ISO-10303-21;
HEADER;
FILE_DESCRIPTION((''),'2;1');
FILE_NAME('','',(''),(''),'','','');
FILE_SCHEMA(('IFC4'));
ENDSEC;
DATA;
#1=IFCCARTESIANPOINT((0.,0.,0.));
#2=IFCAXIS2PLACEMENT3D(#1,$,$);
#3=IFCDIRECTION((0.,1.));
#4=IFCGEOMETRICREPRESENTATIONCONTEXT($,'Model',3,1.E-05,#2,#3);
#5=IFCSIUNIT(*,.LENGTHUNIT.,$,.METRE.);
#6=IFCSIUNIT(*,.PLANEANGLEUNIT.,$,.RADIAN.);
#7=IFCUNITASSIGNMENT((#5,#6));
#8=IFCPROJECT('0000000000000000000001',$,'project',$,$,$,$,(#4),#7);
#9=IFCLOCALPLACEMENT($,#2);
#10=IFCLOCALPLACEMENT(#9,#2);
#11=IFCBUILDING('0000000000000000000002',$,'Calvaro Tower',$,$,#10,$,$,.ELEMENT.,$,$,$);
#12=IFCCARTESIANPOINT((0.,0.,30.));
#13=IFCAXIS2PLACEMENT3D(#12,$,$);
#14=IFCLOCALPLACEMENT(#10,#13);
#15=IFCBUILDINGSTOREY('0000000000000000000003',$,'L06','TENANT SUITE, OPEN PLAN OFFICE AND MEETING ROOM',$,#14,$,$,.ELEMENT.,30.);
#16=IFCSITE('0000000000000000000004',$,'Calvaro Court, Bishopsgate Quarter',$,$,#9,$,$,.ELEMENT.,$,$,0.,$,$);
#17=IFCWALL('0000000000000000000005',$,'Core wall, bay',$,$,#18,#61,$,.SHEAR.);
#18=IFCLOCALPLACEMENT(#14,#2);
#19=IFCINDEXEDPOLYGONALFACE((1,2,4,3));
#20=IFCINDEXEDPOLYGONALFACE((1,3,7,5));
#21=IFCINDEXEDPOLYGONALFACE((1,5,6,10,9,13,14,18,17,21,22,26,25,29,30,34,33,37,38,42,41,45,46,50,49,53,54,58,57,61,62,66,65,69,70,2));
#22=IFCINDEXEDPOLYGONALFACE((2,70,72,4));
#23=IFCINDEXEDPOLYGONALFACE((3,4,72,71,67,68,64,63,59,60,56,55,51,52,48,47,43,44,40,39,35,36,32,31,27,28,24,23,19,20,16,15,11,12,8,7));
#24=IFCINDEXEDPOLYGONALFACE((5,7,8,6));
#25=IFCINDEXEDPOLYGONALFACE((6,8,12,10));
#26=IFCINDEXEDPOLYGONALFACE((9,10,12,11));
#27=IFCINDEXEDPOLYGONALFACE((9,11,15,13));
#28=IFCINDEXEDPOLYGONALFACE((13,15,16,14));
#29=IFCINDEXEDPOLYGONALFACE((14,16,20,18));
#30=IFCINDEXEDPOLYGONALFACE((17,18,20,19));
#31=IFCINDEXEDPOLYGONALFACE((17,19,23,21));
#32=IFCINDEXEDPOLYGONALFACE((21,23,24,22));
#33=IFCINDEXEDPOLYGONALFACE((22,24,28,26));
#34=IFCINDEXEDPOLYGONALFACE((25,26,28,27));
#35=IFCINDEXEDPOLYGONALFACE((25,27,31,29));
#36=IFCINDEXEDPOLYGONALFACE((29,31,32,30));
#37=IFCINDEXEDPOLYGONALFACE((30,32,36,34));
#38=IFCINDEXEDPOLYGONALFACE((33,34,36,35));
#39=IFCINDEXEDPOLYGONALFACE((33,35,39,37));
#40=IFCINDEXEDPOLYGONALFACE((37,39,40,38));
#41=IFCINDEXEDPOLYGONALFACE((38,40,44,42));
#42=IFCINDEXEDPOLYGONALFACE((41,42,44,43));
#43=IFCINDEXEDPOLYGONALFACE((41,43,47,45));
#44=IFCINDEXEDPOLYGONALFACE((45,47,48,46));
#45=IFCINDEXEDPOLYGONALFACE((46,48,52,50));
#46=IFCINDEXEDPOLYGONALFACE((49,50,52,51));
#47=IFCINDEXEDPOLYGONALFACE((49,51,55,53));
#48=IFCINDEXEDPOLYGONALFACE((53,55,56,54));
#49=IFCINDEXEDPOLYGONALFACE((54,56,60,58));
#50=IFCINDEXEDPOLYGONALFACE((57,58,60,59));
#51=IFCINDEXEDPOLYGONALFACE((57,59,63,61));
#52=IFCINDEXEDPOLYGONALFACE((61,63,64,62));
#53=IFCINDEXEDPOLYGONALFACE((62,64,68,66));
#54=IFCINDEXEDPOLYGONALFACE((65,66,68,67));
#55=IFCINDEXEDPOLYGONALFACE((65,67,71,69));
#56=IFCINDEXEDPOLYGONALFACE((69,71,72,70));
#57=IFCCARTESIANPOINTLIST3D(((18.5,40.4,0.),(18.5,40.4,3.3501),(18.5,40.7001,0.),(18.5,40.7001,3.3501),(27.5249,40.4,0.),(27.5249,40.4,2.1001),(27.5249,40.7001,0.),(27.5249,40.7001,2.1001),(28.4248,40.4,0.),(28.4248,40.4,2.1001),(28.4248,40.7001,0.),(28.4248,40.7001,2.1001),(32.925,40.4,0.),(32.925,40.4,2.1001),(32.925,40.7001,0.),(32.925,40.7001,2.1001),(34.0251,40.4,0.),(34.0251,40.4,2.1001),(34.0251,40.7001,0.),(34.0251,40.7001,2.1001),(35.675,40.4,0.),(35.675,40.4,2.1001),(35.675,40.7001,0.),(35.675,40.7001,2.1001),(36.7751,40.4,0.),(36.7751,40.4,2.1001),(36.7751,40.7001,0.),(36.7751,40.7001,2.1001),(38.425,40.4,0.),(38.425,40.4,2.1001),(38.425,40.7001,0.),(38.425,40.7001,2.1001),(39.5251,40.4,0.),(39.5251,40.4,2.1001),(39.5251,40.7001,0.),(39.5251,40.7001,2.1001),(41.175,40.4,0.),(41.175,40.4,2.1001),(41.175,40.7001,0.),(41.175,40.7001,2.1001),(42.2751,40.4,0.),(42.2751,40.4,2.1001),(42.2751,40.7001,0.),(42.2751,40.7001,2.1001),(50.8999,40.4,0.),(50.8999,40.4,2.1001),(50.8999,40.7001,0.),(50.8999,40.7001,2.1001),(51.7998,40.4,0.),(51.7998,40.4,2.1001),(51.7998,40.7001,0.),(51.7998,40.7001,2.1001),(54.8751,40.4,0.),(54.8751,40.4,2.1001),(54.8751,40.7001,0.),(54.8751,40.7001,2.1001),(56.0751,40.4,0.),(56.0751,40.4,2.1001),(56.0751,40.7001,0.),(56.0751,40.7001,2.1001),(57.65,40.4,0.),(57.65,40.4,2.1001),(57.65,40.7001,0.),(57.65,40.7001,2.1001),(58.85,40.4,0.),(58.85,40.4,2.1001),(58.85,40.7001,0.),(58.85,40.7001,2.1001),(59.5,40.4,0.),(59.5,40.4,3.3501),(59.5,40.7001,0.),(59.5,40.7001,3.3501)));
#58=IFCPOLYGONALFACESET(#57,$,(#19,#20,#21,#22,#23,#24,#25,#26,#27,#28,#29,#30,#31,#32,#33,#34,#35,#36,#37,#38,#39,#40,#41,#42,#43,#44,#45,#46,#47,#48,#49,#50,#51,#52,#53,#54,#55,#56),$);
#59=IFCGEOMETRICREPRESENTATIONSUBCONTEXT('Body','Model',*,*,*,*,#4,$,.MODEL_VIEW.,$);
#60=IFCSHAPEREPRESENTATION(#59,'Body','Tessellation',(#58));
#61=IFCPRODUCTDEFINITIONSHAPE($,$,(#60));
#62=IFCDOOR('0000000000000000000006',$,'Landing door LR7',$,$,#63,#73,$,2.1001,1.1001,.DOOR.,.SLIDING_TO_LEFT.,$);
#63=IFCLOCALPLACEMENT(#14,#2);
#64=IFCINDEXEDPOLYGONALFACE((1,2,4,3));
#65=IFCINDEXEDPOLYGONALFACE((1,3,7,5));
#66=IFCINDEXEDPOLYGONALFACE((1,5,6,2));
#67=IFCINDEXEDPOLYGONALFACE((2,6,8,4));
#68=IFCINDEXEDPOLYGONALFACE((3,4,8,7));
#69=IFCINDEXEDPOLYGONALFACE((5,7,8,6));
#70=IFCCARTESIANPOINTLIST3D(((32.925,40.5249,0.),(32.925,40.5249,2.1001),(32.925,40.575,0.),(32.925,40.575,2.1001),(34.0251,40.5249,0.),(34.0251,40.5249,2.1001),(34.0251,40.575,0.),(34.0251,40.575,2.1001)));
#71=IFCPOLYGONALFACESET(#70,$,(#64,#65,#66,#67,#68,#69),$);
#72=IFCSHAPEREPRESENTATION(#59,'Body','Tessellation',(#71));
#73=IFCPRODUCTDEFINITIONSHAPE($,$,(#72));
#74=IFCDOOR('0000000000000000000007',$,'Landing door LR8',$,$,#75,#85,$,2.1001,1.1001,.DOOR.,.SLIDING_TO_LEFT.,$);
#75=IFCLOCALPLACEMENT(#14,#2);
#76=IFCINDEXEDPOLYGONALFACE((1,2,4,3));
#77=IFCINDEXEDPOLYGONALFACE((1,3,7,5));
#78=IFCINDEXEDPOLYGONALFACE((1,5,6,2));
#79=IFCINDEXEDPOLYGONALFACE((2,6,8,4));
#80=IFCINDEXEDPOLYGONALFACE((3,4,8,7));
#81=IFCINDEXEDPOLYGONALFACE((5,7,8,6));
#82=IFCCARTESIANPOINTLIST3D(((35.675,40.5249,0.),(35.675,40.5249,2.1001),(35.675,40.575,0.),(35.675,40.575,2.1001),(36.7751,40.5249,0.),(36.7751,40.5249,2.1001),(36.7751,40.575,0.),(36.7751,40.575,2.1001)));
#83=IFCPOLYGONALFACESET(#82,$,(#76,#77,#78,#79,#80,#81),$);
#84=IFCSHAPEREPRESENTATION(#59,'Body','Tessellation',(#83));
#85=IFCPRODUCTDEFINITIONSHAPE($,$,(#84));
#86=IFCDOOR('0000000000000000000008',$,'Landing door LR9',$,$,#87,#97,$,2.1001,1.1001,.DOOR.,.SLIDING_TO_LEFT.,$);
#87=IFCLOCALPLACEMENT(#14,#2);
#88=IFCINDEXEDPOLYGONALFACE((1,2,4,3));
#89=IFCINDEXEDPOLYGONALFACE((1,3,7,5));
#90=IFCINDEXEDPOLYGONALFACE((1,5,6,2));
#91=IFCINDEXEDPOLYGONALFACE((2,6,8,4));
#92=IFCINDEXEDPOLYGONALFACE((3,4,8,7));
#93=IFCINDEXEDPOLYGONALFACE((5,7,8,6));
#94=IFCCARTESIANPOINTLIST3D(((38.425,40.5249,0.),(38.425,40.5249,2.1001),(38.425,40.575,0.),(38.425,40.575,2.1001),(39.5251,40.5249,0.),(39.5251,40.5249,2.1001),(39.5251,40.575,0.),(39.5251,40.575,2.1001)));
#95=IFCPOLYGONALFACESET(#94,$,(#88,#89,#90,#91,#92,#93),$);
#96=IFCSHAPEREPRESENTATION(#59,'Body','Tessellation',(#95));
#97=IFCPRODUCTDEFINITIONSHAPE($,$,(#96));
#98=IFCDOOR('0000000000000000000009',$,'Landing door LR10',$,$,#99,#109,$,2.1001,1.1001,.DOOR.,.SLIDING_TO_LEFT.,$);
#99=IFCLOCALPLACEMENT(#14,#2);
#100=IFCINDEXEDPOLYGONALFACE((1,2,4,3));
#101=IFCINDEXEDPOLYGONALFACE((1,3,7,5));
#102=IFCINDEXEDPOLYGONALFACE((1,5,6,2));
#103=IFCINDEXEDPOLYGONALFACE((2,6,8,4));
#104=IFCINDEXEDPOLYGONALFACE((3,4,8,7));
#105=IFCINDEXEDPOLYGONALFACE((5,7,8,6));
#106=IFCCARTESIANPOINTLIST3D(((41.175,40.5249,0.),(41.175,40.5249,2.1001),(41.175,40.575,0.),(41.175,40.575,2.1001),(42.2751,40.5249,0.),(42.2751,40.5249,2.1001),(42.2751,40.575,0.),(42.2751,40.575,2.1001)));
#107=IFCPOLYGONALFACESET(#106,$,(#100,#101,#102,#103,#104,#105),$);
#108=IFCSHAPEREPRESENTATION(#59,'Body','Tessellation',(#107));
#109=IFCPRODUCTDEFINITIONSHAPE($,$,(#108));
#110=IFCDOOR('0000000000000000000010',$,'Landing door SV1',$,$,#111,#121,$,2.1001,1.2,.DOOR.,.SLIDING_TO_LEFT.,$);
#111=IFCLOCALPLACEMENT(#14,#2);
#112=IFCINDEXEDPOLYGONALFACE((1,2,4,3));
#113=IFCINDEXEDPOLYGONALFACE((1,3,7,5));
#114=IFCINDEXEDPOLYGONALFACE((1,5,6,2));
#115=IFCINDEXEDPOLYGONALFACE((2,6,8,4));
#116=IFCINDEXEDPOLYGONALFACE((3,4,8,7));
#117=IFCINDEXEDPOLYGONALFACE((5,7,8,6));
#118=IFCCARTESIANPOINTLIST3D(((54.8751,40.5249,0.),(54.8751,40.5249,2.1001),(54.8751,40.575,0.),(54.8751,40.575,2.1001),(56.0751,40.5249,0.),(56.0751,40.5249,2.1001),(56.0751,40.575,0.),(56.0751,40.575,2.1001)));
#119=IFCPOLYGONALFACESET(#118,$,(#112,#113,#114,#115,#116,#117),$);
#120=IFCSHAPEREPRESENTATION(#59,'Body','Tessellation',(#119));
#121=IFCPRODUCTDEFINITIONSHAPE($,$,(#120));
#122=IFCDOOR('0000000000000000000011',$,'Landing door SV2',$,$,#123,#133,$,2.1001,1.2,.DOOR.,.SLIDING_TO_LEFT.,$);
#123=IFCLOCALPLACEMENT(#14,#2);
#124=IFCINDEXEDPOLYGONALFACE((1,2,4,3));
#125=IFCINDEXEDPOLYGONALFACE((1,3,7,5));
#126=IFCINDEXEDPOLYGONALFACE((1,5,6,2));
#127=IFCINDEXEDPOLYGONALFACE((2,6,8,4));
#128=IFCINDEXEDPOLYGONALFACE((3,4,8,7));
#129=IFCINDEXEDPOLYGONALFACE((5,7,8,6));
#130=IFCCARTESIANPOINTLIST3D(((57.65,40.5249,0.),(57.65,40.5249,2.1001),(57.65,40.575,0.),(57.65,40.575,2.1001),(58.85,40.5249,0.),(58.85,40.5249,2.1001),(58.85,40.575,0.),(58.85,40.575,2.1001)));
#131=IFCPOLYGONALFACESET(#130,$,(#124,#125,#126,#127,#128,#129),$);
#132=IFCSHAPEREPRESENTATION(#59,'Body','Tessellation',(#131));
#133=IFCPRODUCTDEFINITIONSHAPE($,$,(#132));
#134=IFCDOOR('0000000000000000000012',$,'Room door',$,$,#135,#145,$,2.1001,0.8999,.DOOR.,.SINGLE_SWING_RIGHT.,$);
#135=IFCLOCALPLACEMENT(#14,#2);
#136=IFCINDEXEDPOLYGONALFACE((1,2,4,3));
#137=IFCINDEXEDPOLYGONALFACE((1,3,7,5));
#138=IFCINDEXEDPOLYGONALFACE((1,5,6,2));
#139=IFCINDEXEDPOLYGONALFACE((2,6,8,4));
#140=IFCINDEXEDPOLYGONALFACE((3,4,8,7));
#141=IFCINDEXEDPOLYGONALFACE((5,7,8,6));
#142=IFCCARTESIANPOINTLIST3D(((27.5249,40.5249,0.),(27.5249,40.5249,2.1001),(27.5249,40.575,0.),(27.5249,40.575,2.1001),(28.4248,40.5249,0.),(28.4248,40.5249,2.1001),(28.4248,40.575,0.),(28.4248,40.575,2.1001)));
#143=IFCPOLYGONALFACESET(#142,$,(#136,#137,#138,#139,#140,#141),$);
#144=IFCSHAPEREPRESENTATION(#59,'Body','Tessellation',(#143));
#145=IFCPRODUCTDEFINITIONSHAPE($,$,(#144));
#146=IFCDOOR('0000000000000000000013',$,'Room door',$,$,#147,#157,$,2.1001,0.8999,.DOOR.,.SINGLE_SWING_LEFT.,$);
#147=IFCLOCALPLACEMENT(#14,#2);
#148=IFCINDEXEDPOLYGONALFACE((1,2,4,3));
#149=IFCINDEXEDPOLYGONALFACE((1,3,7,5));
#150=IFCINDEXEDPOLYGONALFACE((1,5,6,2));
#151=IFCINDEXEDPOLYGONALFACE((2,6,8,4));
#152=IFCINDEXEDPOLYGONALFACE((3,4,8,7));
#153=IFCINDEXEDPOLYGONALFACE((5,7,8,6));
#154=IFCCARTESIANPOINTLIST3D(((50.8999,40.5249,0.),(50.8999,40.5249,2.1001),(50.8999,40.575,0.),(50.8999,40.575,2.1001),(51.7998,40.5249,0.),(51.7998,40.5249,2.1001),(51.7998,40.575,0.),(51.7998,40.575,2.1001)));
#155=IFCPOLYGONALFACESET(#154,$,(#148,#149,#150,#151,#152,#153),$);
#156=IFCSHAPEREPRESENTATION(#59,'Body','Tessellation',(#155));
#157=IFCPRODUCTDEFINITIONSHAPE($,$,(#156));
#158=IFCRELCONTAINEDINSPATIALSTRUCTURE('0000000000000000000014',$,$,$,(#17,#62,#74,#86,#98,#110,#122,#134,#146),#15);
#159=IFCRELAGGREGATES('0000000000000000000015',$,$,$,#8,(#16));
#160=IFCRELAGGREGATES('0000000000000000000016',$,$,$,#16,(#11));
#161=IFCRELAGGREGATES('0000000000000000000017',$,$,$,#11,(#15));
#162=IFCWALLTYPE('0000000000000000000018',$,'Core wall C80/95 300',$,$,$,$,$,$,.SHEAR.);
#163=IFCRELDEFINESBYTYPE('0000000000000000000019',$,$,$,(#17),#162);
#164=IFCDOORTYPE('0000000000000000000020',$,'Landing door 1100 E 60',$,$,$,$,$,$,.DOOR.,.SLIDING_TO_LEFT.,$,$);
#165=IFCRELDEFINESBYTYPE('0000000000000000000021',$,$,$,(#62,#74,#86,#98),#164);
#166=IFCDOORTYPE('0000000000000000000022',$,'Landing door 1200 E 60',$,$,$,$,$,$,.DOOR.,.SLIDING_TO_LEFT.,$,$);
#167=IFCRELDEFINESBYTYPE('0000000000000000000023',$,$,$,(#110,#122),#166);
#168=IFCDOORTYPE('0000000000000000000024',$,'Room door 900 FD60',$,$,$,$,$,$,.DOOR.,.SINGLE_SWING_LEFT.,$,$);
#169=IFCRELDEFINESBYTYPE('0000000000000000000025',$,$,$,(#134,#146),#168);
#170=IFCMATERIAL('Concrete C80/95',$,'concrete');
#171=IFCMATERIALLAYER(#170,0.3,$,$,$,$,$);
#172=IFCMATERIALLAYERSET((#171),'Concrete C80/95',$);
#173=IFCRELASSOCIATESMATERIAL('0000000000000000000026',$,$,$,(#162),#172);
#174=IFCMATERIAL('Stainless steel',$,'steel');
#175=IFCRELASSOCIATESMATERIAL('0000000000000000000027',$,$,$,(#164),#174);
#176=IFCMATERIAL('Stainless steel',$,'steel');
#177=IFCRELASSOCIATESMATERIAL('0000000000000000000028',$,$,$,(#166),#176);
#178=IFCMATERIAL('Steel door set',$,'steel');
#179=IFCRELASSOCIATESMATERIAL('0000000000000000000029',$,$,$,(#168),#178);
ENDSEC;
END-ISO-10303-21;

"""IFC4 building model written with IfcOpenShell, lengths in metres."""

from ifc_helpers import new_model, si_unit, direction, frame, frame_2d, origin, place, context, subcontext, project, spatial, rectangle, extrude, material, layer, layer_set, type_object, element, fill, save


model = new_model("IFC4")

# Units and contexts
model_context = context("Model", 3, precision=1e-05, world=origin(), true_north=direction((0.0, 1.0)))
body_context = subcontext(model_context, "Body", "Model", "MODEL_VIEW")
ifc_project = project(units=[si_unit("LENGTHUNIT", "METRE"), si_unit("PLANEANGLEUNIT", "RADIAN")], contexts=[model_context])

# Site, building, storey
site_placement = place(None, origin())
site = spatial("IfcSite", under=ifc_project, at=site_placement, Name="Calvaro Court, Bishopsgate Quarter", CompositionType="ELEMENT", RefElevation=0.0)
building_placement = place(site_placement, origin())
building = spatial("IfcBuilding", under=site, at=building_placement, Name="Calvaro Tower", CompositionType="ELEMENT")
storey_placement = place(building_placement, frame((0.0, 0.0, 30.0)))
storey = spatial("IfcBuildingStorey", under=building, at=storey_placement, Name="L06", Description="TENANT SUITE, OPEN PLAN OFFICE AND MEETING ROOM", CompositionType="ELEMENT", Elevation=30.0)

# Shared definitions
ifc_material_1 = material(Name="Concrete C80/95", Category="concrete")
ifc_layer_1 = layer(ifc_material_1, 0.3)
ifc_layer_set_1 = layer_set([ifc_layer_1], Name="Concrete C80/95")
wall_type_1 = type_object("IfcWallType", Name="Core wall C80/95 300", PredefinedType="SHEAR", material=ifc_layer_set_1)
ifc_material_2 = material(Name="Stainless steel", Category="steel")
door_type_1 = type_object("IfcDoorType", Name="Landing door 1100 E 60", OperationType="SLIDING_TO_LEFT", PredefinedType="DOOR", material=ifc_material_2)

# Wall, openings, doors
wall_1_placement = place(storey_placement, frame((18.5, 40.55, 0.0), z_axis=(0.0, 0.0, 1.0), x_axis=(1.0, 0.0, 0.0)))
wall_1 = element("IfcWall", 1, at=wall_1_placement, inside=storey, type_object=wall_type_1, Name="Core wall, bay", PredefinedType="SHEAR", context=body_context, shape_type="SweptSolid", body=[
    extrude(rectangle(XDim=41.0, YDim=0.3, at=frame_2d((20.5, 0.0))), origin(), (0.0, 0.0, 1.0), 3.3501),
])
opening_1_placement = place(wall_1_placement, frame((9.0249, 0.0, 0.0)))
opening_1 = element("IfcOpeningElement", 2, at=opening_1_placement, cuts=wall_1, PredefinedType="OPENING", context=body_context, shape_type="SweptSolid", body=[
    extrude(rectangle(XDim=0.8999, YDim=2.1001, at=frame_2d((0.45, 1.05))), frame((0.0, 0.1599, 0.0), z_axis=(0.0, -1.0, 0.0), x_axis=(1.0, 0.0, 0.0)), (0.0, 0.0, 1.0), 0.3201),
])
opening_2_placement = place(wall_1_placement, frame((32.3999, 0.0, 0.0)))
opening_2 = element("IfcOpeningElement", 3, at=opening_2_placement, cuts=wall_1, PredefinedType="OPENING", context=body_context, shape_type="SweptSolid", body=[
    extrude(rectangle(XDim=0.8999, YDim=2.1001, at=frame_2d((0.45, 1.05))), frame((0.0, 0.1599, 0.0), z_axis=(0.0, -1.0, 0.0), x_axis=(1.0, 0.0, 0.0)), (0.0, 0.0, 1.0), 0.3201),
])
opening_3_placement = place(wall_1_placement, frame((14.425, 0.0, 0.0)))
opening_3 = element("IfcOpeningElement", 4, at=opening_3_placement, cuts=wall_1, PredefinedType="OPENING", context=body_context, shape_type="SweptSolid", body=[
    extrude(rectangle(XDim=1.1001, YDim=2.1001, at=frame_2d((0.55, 1.05))), frame((0.0, 0.1599, 0.0), z_axis=(0.0, -1.0, 0.0), x_axis=(1.0, 0.0, 0.0)), (0.0, 0.0, 1.0), 0.3201),
])
opening_4_placement = place(wall_1_placement, frame((17.175, 0.0, 0.0)))
opening_4 = element("IfcOpeningElement", 5, at=opening_4_placement, cuts=wall_1, PredefinedType="OPENING", context=body_context, shape_type="SweptSolid", body=[
    extrude(rectangle(XDim=1.1001, YDim=2.1001, at=frame_2d((0.55, 1.05))), frame((0.0, 0.1599, 0.0), z_axis=(0.0, -1.0, 0.0), x_axis=(1.0, 0.0, 0.0)), (0.0, 0.0, 1.0), 0.3201),
])
opening_5_placement = place(wall_1_placement, frame((19.925, 0.0, 0.0)))
opening_5 = element("IfcOpeningElement", 6, at=opening_5_placement, cuts=wall_1, PredefinedType="OPENING", context=body_context, shape_type="SweptSolid", body=[
    extrude(rectangle(XDim=1.1001, YDim=2.1001, at=frame_2d((0.55, 1.05))), frame((0.0, 0.1599, 0.0), z_axis=(0.0, -1.0, 0.0), x_axis=(1.0, 0.0, 0.0)), (0.0, 0.0, 1.0), 0.3201),
])
opening_6_placement = place(wall_1_placement, frame((22.675, 0.0, 0.0)))
opening_6 = element("IfcOpeningElement", 7, at=opening_6_placement, cuts=wall_1, PredefinedType="OPENING", context=body_context, shape_type="SweptSolid", body=[
    extrude(rectangle(XDim=1.1001, YDim=2.1001, at=frame_2d((0.55, 1.05))), frame((0.0, 0.1599, 0.0), z_axis=(0.0, -1.0, 0.0), x_axis=(1.0, 0.0, 0.0)), (0.0, 0.0, 1.0), 0.3201),
])
opening_7_placement = place(wall_1_placement, frame((36.375, 0.0, 0.0)))
opening_7 = element("IfcOpeningElement", 8, at=opening_7_placement, cuts=wall_1, PredefinedType="OPENING", context=body_context, shape_type="SweptSolid", body=[
    extrude(rectangle(XDim=1.2, YDim=2.1001, at=frame_2d((0.6001, 1.05))), frame((0.0, 0.1599, 0.0), z_axis=(0.0, -1.0, 0.0), x_axis=(1.0, 0.0, 0.0)), (0.0, 0.0, 1.0), 0.3201),
])
opening_8_placement = place(wall_1_placement, frame((39.1499, 0.0, 0.0)))
opening_8 = element("IfcOpeningElement", 9, at=opening_8_placement, cuts=wall_1, PredefinedType="OPENING", context=body_context, shape_type="SweptSolid", body=[
    extrude(rectangle(XDim=1.2, YDim=2.1001, at=frame_2d((0.6001, 1.05))), frame((0.0, 0.1599, 0.0), z_axis=(0.0, -1.0, 0.0), x_axis=(1.0, 0.0, 0.0)), (0.0, 0.0, 1.0), 0.3201),
])
door_1_placement = place(opening_3_placement, origin())
door_1 = element("IfcDoor", 10, at=door_1_placement, inside=storey, type_object=door_type_1, Name="Landing door LR7", OperationType="SLIDING_TO_LEFT", OverallHeight=2.1001, OverallWidth=1.1001, PredefinedType="DOOR", context=body_context, shape_type="SweptSolid", body=[
    extrude(rectangle(XDim=1.1001, YDim=2.1001, at=frame_2d((0.55, 1.05))), frame((0.0, 0.0249, 0.0), z_axis=(0.0, -1.0, 0.0), x_axis=(1.0, 0.0, 0.0)), (0.0, 0.0, 1.0), 0.05),
])
fill(opening_3, door_1)
door_2_placement = place(opening_4_placement, origin())
door_2 = element("IfcDoor", 11, at=door_2_placement, inside=storey, type_object=door_type_1, Name="Landing door LR8", OperationType="SLIDING_TO_LEFT", OverallHeight=2.1001, OverallWidth=1.1001, PredefinedType="DOOR", context=body_context, shape_type="SweptSolid", body=[
    extrude(rectangle(XDim=1.1001, YDim=2.1001, at=frame_2d((0.55, 1.05))), frame((0.0, 0.0249, 0.0), z_axis=(0.0, -1.0, 0.0), x_axis=(1.0, 0.0, 0.0)), (0.0, 0.0, 1.0), 0.05),
])
fill(opening_4, door_2)
door_3_placement = place(opening_5_placement, origin())
door_3 = element("IfcDoor", 12, at=door_3_placement, inside=storey, type_object=door_type_1, Name="Landing door LR9", OperationType="SLIDING_TO_LEFT", OverallHeight=2.1001, OverallWidth=1.1001, PredefinedType="DOOR", context=body_context, shape_type="SweptSolid", body=[
    extrude(rectangle(XDim=1.1001, YDim=2.1001, at=frame_2d((0.55, 1.05))), frame((0.0, 0.0249, 0.0), z_axis=(0.0, -1.0, 0.0), x_axis=(1.0, 0.0, 0.0)), (0.0, 0.0, 1.0), 0.05),
])
fill(opening_5, door_3)
door_4_placement = place(opening_6_placement, origin())
door_4 = element("IfcDoor", 13, at=door_4_placement, inside=storey, type_object=door_type_1, Name="Landing door LR10", OperationType="SLIDING_TO_LEFT", OverallHeight=2.1001, OverallWidth=1.1001, PredefinedType="DOOR", context=body_context, shape_type="SweptSolid", body=[
    extrude(rectangle(XDim=1.1001, YDim=2.1001, at=frame_2d((0.55, 1.05))), frame((0.0, 0.0249, 0.0), z_axis=(0.0, -1.0, 0.0), x_axis=(1.0, 0.0, 0.0)), (0.0, 0.0, 1.0), 0.05),
])
fill(opening_6, door_4)
ifc_material_3 = material(Name="Stainless steel", Category="steel")
door_type_2 = type_object("IfcDoorType", Name="Landing door 1200 E 60", OperationType="SLIDING_TO_LEFT", PredefinedType="DOOR", material=ifc_material_3)
door_5_placement = place(opening_7_placement, origin())
door_5 = element("IfcDoor", 14, at=door_5_placement, inside=storey, type_object=door_type_2, Name="Landing door SV1", OperationType="SLIDING_TO_LEFT", OverallHeight=2.1001, OverallWidth=1.2, PredefinedType="DOOR", context=body_context, shape_type="SweptSolid", body=[
    extrude(rectangle(XDim=1.2, YDim=2.1001, at=frame_2d((0.6001, 1.05))), frame((0.0, 0.0249, 0.0), z_axis=(0.0, -1.0, 0.0), x_axis=(1.0, 0.0, 0.0)), (0.0, 0.0, 1.0), 0.05),
])
fill(opening_7, door_5)
door_6_placement = place(opening_8_placement, origin())
door_6 = element("IfcDoor", 15, at=door_6_placement, inside=storey, type_object=door_type_2, Name="Landing door SV2", OperationType="SLIDING_TO_LEFT", OverallHeight=2.1001, OverallWidth=1.2, PredefinedType="DOOR", context=body_context, shape_type="SweptSolid", body=[
    extrude(rectangle(XDim=1.2, YDim=2.1001, at=frame_2d((0.6001, 1.05))), frame((0.0, 0.0249, 0.0), z_axis=(0.0, -1.0, 0.0), x_axis=(1.0, 0.0, 0.0)), (0.0, 0.0, 1.0), 0.05),
])
fill(opening_8, door_6)
ifc_material_4 = material(Name="Steel door set", Category="steel")
door_type_3 = type_object("IfcDoorType", Name="Room door 900 FD60", OperationType="SINGLE_SWING_LEFT", PredefinedType="DOOR", material=ifc_material_4)
door_7_placement = place(opening_1_placement, origin())
door_7 = element("IfcDoor", 16, at=door_7_placement, inside=storey, type_object=door_type_3, Name="Room door", OperationType="SINGLE_SWING_RIGHT", OverallHeight=2.1001, OverallWidth=0.8999, PredefinedType="DOOR", context=body_context, shape_type="SweptSolid", body=[
    extrude(rectangle(XDim=0.8999, YDim=2.1001, at=frame_2d((0.45, 1.05))), frame((0.0, 0.0249, 0.0), z_axis=(0.0, -1.0, 0.0), x_axis=(1.0, 0.0, 0.0)), (0.0, 0.0, 1.0), 0.05),
])
fill(opening_1, door_7)
door_8_placement = place(opening_2_placement, origin())
door_8 = element("IfcDoor", 17, at=door_8_placement, inside=storey, type_object=door_type_3, Name="Room door", OperationType="SINGLE_SWING_LEFT", OverallHeight=2.1001, OverallWidth=0.8999, PredefinedType="DOOR", context=body_context, shape_type="SweptSolid", body=[
    extrude(rectangle(XDim=0.8999, YDim=2.1001, at=frame_2d((0.45, 1.05))), frame((0.0, 0.0249, 0.0), z_axis=(0.0, -1.0, 0.0), x_axis=(1.0, 0.0, 0.0)), (0.0, 0.0, 1.0), 0.05),
])
fill(opening_2, door_8)

save(model, "model.ifc")
